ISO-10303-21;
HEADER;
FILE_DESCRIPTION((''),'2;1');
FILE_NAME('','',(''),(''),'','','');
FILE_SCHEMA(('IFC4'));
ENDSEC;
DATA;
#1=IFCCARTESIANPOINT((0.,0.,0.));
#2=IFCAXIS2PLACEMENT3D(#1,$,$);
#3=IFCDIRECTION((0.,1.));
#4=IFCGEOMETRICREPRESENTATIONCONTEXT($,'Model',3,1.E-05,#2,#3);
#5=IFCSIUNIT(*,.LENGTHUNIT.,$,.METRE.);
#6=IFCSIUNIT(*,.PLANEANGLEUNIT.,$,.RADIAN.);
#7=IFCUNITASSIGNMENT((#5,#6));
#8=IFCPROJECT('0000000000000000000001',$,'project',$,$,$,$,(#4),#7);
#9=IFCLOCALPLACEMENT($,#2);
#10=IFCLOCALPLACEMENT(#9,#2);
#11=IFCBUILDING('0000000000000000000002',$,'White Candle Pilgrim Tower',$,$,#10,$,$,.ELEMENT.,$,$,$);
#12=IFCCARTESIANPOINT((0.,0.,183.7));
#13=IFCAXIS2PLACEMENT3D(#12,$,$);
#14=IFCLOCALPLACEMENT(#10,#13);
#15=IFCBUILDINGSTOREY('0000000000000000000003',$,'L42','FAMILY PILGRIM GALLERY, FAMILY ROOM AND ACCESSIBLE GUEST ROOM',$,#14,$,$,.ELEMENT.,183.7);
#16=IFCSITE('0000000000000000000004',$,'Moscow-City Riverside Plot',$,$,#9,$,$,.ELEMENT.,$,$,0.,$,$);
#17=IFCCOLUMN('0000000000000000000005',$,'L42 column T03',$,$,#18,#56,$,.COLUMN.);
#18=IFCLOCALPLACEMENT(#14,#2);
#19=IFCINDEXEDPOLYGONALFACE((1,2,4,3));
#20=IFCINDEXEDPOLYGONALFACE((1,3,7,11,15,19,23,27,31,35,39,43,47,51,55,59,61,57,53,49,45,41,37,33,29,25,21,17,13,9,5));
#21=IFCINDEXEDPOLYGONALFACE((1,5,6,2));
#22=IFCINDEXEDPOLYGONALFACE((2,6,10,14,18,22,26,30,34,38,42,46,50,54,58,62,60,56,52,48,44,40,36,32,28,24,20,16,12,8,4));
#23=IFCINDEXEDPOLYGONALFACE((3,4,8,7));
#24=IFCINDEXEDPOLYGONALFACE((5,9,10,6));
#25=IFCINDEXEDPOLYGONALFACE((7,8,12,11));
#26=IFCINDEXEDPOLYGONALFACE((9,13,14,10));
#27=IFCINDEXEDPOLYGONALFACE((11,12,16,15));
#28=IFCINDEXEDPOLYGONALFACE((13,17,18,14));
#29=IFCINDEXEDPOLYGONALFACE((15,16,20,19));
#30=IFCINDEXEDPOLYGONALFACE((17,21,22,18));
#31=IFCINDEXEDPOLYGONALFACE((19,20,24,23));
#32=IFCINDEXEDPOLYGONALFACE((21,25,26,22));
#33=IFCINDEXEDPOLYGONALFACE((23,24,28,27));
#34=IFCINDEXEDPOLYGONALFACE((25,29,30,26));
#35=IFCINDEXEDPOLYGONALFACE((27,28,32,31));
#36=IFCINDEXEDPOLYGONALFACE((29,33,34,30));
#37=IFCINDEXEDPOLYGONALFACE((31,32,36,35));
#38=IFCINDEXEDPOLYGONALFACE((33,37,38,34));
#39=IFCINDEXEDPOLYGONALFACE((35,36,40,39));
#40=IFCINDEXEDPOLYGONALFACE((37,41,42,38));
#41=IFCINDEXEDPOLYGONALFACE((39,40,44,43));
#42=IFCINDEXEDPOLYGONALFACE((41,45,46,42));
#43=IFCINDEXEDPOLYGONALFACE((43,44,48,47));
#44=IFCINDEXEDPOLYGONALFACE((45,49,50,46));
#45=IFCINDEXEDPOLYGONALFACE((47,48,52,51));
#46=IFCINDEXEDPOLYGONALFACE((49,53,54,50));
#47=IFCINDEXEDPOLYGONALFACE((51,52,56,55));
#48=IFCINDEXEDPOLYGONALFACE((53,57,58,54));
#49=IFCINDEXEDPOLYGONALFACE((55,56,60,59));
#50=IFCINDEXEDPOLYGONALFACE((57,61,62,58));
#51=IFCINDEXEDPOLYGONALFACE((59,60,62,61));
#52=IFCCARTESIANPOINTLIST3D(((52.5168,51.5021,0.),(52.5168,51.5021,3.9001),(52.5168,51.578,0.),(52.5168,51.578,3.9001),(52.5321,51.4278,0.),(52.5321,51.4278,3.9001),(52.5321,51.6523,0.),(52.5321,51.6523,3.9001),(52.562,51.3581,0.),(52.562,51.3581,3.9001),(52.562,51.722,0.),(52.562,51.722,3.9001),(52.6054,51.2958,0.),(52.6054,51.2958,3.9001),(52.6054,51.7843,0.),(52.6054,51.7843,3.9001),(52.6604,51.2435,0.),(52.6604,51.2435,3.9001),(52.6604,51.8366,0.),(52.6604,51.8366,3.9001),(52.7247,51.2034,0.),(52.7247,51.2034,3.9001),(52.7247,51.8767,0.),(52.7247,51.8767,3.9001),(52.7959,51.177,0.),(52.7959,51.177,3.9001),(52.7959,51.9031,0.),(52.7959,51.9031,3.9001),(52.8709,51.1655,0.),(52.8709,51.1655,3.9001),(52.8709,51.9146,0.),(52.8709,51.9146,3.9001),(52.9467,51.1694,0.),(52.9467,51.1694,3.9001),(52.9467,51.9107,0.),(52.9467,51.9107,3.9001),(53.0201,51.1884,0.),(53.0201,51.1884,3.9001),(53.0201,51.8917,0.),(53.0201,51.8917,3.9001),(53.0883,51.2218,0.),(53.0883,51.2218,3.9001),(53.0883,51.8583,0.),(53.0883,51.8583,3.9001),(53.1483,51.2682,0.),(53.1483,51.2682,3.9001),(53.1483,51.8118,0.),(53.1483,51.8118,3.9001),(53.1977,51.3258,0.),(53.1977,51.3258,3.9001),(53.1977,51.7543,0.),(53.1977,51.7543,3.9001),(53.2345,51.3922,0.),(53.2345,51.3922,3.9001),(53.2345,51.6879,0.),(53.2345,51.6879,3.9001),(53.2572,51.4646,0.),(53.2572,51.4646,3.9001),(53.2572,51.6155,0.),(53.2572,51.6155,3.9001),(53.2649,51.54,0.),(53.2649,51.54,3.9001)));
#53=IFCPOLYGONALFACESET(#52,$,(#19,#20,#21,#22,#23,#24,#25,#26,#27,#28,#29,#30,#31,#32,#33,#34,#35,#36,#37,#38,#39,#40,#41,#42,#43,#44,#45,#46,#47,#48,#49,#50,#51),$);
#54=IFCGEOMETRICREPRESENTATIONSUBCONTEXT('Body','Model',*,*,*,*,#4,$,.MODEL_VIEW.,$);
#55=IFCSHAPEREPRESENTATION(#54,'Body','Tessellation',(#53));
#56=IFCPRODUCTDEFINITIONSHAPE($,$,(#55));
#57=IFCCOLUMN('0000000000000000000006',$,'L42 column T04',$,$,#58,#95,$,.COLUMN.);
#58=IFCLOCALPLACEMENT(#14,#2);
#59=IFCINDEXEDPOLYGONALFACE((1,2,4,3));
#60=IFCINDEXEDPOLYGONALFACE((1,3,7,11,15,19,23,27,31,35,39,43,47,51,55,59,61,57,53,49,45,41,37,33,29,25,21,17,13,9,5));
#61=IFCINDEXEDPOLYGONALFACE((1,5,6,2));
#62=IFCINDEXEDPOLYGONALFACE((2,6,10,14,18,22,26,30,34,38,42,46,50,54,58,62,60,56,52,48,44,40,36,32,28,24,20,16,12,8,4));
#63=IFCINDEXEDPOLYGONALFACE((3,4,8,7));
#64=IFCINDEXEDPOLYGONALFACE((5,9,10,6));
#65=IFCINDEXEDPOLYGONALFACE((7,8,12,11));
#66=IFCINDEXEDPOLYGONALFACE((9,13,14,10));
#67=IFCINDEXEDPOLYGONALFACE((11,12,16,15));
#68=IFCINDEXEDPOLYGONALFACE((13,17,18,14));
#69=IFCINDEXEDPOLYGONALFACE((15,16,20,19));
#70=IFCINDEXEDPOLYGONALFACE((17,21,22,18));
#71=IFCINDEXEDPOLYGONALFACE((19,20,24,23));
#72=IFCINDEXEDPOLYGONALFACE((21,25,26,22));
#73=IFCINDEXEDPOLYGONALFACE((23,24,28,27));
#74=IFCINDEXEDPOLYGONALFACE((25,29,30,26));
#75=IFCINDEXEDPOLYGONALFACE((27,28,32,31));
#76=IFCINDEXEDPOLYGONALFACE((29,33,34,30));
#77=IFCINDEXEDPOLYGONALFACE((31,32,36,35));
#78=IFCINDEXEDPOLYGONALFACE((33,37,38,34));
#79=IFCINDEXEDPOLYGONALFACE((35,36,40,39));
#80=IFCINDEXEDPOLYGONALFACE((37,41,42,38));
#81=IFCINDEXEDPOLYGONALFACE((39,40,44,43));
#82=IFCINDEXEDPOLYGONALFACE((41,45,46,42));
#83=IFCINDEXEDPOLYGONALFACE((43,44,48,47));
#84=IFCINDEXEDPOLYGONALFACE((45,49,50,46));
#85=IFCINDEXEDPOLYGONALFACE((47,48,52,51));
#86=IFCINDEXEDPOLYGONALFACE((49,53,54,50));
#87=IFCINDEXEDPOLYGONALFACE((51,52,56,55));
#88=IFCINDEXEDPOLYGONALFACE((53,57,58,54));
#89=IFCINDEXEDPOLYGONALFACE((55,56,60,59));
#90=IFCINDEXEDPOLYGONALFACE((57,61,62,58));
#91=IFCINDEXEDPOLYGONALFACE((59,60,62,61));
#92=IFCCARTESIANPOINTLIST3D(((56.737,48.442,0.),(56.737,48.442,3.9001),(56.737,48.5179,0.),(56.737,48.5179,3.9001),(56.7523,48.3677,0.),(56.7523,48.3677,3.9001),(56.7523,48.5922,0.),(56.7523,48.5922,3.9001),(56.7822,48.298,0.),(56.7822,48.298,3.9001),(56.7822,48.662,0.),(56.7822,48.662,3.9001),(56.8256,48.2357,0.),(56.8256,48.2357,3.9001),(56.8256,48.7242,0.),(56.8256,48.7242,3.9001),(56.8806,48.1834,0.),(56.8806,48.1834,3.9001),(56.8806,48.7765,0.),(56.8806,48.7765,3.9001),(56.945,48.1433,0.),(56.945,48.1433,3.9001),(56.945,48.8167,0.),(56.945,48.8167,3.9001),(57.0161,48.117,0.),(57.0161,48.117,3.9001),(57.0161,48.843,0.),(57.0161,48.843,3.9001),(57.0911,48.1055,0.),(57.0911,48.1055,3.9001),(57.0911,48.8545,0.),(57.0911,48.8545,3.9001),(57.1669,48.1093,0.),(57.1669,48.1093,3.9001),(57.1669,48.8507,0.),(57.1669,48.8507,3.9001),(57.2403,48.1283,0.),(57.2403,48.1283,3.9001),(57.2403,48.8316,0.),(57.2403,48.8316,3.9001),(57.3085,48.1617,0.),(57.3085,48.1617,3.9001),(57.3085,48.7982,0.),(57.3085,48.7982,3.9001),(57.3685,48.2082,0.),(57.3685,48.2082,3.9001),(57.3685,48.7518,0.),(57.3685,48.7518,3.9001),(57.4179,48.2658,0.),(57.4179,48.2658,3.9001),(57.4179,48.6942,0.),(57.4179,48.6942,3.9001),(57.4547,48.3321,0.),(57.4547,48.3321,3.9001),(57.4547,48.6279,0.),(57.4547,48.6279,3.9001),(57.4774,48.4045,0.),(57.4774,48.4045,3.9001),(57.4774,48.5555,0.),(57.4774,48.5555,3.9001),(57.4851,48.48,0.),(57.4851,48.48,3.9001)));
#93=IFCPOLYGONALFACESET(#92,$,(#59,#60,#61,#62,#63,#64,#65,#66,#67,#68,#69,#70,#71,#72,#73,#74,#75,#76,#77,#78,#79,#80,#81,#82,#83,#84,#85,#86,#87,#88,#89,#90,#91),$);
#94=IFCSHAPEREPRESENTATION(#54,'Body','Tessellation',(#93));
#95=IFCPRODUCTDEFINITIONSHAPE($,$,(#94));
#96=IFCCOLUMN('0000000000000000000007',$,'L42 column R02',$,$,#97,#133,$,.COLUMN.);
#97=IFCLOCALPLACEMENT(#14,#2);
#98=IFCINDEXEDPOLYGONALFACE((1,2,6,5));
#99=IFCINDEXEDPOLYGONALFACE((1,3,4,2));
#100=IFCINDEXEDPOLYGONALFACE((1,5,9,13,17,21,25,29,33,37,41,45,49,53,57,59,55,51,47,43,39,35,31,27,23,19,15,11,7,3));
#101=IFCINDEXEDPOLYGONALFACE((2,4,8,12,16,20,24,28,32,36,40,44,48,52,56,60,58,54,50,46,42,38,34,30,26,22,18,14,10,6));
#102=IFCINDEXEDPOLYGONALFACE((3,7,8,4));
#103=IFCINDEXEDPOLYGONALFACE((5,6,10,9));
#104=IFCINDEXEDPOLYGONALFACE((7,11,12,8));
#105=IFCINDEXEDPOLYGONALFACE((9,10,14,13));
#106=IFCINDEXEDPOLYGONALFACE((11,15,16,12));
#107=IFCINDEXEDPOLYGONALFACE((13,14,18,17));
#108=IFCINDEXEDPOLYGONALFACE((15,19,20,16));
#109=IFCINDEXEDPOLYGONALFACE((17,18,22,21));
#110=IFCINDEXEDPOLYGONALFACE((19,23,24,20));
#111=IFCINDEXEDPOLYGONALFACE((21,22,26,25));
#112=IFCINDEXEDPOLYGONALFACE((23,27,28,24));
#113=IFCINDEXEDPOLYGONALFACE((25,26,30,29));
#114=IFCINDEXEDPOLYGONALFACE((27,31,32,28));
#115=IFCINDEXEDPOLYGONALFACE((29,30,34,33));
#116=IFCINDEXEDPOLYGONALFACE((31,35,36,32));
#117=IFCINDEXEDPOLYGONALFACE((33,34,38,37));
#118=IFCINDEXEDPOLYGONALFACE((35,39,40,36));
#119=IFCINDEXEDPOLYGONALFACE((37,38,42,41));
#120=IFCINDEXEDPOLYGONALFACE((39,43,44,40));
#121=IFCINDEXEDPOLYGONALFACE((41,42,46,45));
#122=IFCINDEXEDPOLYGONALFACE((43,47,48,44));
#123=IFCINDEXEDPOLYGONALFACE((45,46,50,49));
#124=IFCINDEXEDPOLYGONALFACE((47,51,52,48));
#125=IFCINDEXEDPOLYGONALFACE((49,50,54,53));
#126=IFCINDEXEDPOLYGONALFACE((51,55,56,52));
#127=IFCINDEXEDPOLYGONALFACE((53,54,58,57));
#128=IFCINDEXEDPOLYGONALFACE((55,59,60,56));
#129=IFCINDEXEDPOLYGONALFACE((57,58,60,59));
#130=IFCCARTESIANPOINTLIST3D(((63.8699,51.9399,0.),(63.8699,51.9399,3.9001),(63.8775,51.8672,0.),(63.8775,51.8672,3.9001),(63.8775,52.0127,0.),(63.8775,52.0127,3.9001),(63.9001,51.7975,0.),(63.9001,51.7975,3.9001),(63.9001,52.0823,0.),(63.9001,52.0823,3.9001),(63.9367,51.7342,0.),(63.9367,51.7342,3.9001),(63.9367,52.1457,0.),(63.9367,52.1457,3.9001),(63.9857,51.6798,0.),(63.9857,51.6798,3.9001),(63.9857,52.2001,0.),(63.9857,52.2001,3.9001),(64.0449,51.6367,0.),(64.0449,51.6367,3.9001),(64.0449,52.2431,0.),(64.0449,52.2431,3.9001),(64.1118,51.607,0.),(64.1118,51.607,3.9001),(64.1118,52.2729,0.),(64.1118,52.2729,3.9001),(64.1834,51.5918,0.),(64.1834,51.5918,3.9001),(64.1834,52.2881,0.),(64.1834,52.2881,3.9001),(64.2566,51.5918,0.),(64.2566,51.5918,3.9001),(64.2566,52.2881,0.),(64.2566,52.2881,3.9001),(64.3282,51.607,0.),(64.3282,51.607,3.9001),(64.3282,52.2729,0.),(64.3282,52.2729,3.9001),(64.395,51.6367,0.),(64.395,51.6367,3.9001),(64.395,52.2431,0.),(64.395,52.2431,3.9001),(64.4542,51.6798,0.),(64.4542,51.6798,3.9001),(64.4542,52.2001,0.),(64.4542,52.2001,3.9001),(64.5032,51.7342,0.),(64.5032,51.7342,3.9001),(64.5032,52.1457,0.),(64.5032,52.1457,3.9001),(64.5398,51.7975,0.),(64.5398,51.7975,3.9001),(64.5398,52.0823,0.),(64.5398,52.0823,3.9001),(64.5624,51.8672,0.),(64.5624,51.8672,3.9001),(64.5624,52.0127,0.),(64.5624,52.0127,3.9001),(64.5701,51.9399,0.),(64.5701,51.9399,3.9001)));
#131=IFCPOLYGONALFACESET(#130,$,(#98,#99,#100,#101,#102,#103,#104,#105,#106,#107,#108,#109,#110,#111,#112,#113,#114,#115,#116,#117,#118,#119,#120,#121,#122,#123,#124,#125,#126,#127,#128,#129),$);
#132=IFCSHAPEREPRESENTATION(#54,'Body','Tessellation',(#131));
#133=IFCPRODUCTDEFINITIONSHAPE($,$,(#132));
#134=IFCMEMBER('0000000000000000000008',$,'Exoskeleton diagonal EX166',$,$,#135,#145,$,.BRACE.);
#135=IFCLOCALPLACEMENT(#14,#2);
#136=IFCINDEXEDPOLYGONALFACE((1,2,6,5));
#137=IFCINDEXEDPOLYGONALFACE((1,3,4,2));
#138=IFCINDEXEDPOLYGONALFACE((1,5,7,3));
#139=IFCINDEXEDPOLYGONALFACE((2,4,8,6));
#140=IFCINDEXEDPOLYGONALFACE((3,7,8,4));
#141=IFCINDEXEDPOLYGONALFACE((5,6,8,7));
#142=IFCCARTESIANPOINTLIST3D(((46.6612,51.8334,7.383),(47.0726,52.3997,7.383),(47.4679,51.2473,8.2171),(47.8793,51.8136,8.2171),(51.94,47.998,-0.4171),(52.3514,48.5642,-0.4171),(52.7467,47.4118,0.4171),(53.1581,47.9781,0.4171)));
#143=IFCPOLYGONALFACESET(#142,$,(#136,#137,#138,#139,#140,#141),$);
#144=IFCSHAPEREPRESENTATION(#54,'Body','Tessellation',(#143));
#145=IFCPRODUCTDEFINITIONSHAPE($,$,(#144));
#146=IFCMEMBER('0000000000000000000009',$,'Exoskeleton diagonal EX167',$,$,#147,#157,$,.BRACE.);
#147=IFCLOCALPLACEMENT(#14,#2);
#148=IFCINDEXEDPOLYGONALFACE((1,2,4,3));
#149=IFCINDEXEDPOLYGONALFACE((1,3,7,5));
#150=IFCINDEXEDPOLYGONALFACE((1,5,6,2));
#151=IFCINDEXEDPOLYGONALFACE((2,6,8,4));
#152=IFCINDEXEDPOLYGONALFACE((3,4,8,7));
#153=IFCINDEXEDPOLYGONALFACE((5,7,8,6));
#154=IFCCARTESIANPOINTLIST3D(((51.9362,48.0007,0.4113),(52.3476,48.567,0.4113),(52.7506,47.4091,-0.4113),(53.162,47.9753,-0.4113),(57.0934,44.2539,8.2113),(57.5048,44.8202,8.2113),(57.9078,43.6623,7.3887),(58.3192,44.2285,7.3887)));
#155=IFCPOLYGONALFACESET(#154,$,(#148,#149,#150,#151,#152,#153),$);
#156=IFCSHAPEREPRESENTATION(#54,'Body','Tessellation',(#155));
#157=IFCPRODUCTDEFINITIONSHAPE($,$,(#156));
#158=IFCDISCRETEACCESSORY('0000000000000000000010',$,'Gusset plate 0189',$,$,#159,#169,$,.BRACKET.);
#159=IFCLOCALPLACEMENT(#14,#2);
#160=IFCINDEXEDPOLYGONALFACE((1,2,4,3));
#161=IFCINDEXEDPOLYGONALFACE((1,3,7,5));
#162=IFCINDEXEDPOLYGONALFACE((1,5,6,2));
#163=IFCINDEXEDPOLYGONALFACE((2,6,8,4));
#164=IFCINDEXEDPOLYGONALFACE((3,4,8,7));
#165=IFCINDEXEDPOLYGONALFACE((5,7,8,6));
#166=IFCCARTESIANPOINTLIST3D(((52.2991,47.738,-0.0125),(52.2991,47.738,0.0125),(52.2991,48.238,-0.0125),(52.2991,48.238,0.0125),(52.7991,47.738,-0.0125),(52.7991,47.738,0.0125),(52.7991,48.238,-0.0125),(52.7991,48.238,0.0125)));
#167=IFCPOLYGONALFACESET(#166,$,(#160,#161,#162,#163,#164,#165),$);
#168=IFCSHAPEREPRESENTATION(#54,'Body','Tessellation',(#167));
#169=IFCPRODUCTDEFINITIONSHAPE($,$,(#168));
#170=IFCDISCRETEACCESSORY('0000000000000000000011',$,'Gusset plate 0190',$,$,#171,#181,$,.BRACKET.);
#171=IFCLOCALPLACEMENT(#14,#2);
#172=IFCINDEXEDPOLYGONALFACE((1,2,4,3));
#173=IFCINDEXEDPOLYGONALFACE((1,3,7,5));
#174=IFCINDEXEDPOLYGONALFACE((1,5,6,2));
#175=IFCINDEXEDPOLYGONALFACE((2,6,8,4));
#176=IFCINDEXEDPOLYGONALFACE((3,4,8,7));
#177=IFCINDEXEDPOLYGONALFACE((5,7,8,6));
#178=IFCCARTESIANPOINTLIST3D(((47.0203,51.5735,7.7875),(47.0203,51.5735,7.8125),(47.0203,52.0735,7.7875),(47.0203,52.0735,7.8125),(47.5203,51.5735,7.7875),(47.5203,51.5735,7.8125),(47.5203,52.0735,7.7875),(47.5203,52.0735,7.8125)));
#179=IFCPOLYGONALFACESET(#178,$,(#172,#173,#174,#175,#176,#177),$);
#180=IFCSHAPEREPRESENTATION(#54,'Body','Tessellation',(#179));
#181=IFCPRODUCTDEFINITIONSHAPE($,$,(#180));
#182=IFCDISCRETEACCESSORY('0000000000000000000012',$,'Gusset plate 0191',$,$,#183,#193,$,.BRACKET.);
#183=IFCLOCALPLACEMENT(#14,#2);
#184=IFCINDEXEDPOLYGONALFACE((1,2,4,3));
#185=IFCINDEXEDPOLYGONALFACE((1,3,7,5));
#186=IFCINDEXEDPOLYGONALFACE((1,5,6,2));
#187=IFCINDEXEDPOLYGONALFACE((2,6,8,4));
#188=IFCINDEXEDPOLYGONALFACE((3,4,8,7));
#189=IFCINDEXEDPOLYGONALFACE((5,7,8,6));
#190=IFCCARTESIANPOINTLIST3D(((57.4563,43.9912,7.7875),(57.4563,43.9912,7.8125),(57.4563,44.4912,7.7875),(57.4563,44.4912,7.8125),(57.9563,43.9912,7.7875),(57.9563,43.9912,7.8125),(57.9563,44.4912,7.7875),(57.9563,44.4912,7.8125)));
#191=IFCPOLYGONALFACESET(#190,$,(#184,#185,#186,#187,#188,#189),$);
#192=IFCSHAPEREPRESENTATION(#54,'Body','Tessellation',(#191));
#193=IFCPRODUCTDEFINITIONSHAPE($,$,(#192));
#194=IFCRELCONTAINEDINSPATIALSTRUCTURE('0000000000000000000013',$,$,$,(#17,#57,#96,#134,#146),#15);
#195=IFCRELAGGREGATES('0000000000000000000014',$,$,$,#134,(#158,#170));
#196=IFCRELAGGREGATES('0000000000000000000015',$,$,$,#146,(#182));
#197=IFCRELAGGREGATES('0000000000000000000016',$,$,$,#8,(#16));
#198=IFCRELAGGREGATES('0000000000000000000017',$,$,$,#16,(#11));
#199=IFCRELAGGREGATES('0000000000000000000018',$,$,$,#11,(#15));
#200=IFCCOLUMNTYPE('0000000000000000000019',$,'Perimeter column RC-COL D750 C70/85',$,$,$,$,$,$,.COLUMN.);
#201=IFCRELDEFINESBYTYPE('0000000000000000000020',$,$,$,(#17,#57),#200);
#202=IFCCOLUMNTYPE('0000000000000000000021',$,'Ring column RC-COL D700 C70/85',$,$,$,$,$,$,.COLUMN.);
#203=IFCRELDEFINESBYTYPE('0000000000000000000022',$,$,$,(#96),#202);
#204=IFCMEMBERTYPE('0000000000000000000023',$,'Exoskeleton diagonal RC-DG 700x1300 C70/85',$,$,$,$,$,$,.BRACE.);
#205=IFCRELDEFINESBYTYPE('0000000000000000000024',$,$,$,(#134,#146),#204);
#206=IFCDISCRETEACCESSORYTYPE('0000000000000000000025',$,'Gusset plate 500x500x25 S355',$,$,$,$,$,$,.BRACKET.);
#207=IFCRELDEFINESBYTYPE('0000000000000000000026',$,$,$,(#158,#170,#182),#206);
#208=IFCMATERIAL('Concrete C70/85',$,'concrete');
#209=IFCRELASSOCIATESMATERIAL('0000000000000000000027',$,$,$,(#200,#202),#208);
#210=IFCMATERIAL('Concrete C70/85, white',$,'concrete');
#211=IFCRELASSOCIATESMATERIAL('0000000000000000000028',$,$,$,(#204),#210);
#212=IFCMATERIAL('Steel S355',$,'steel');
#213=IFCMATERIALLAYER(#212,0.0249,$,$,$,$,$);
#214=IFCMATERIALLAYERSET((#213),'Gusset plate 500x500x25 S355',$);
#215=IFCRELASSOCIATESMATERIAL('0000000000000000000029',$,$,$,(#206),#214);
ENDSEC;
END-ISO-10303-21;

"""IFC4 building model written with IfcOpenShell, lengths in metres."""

from ifc_helpers import new_model, si_unit, direction, frame, origin, origin_2d, place, context, subcontext, project, spatial, rectangle, circle, extrude, material, layer, layer_set, material_profile, profile_set, type_object, element, aggregate, save


model = new_model("IFC4")

# Units and contexts
model_context = context("Model", 3, precision=1e-05, world=origin(), true_north=direction((0.0, 1.0)))
body_context = subcontext(model_context, "Body", "Model", "MODEL_VIEW")
ifc_project = project(units=[si_unit("LENGTHUNIT", "METRE"), si_unit("PLANEANGLEUNIT", "RADIAN")], contexts=[model_context])

# Site, building, storey
site_placement = place(None, origin())
site = spatial("IfcSite", under=ifc_project, at=site_placement, Name="Moscow-City Riverside Plot", CompositionType="ELEMENT", RefElevation=0.0)
building_placement = place(site_placement, origin())
building = spatial("IfcBuilding", under=site, at=building_placement, Name="White Candle Pilgrim Tower", CompositionType="ELEMENT")
storey_placement = place(building_placement, frame((0.0, 0.0, 183.7)))
storey = spatial("IfcBuildingStorey", under=building, at=storey_placement, Name="L42", Description="FAMILY PILGRIM GALLERY, FAMILY ROOM AND ACCESSIBLE GUEST ROOM", CompositionType="ELEMENT", Elevation=183.7)

# Columns
ifc_material_1 = material(Name="Concrete C70/85", Category="concrete")
ifc_material_profile_1 = material_profile(ifc_material_1, circle(Radius=0.375, at=origin_2d()), Name="RC-COL D750")
ifc_profile_set_1 = profile_set([ifc_material_profile_1], Name="Concrete C70/85")
column_type_1 = type_object("IfcColumnType", Name="Perimeter column RC-COL D750 C70/85", PredefinedType="COLUMN", material=ifc_profile_set_1)
for number, where, z_axis, x_axis, name in (
    (1, (52.8899, 51.54, 0.0), (0.0, 0.0, 1.0), (1.0, 0.0, 0.0), "L42 column T03"),
    (2, (57.1101, 48.48, 0.0), (0.0, 0.0, 1.0), (1.0, 0.0, 0.0), "L42 column T04"),
):
    element("IfcColumn", number, at=place(storey_placement, frame(where, z_axis=z_axis, x_axis=x_axis)), inside=storey, type_object=column_type_1, Name=name, PredefinedType="COLUMN", context=body_context, shape_type="SweptSolid", body=[
        extrude(circle(Radius=0.375, at=origin_2d()), origin(), (0.0, 0.0, 1.0), 3.9001),
    ])
ifc_material_profile_2 = material_profile(ifc_material_1, circle(Radius=0.3501, at=origin_2d()), Name="RC-COL D700")
ifc_profile_set_2 = profile_set([ifc_material_profile_2], Name="Concrete C70/85")
column_type_2 = type_object("IfcColumnType", Name="Ring column RC-COL D700 C70/85", PredefinedType="COLUMN", material=ifc_profile_set_2)
column_placement = place(storey_placement, frame((64.22, 51.9399, 0.0), z_axis=(0.0, 0.0, 1.0), x_axis=(1.0, 0.0, 0.0)))
element("IfcColumn", 3, at=column_placement, inside=storey, type_object=column_type_2, Name="L42 column R02", PredefinedType="COLUMN", context=body_context, shape_type="SweptSolid", body=[
    extrude(circle(Radius=0.3501, at=origin_2d()), origin(), (0.0, 0.0, 1.0), 3.9001),
])

# Members
ifc_material_2 = material(Name="Concrete C70/85, white", Category="concrete")
ifc_material_profile_3 = material_profile(ifc_material_2, rectangle(XDim=0.7, YDim=1.3, at=origin_2d()), Name="RC-DG 700x1300")
ifc_profile_set_3 = profile_set([ifc_material_profile_3], Name="Concrete C70/85, white")
member_type_1 = type_object("IfcMemberType", Name="Exoskeleton diagonal RC-DG 700x1300 C70/85", PredefinedType="BRACE", material=ifc_profile_set_3)
member_1_placement = place(storey_placement, frame((52.5491, 47.988, 0.0), z_axis=(-0.519086, 0.377155, 0.76701), x_axis=(-0.587802, -0.809005, 0.0)))
member_1 = element("IfcMember", 4, at=member_1_placement, inside=storey, type_object=member_type_1, Name="Exoskeleton diagonal EX166", PredefinedType="BRACE", context=body_context, shape_type="SweptSolid", body=[
    extrude(rectangle(XDim=0.7, YDim=1.3, at=origin_2d()), origin(), (0.0, 0.0, 1.0), 10.1694),
])
member_2_placement = place(storey_placement, frame((52.5491, 47.988, 0.0), z_axis=(0.511957, -0.371947, 0.77431), x_axis=(0.587773, 0.809026, 0.0)))
member_2 = element("IfcMember", 5, at=member_2_placement, inside=storey, type_object=member_type_1, Name="Exoskeleton diagonal EX167", PredefinedType="BRACE", context=body_context, shape_type="SweptSolid", body=[
    extrude(rectangle(XDim=0.7, YDim=1.3, at=origin_2d()), origin(), (0.0, 0.0, 1.0), 10.0735),
])

# Discrete accessories
ifc_material_3 = material(Name="Steel S355", Category="steel")
ifc_layer_1 = layer(ifc_material_3, 0.0249)
ifc_layer_set_1 = layer_set([ifc_layer_1], Name="Gusset plate 500x500x25 S355")
discrete_accessory_type = type_object("IfcDiscreteAccessoryType", Name="Gusset plate 500x500x25 S355", PredefinedType="BRACKET", material=ifc_layer_set_1)
discrete_accessory_1_placement = place(storey_placement, frame((52.5491, 47.988, -0.0125), z_axis=(0.0, 0.0, 1.0), x_axis=(1.0, 0.0, 0.0)))
discrete_accessory_1 = element("IfcDiscreteAccessory", 6, at=discrete_accessory_1_placement, type_object=discrete_accessory_type, Name="Gusset plate 0189", PredefinedType="BRACKET", context=body_context, shape_type="SweptSolid", body=[
    extrude(rectangle(XDim=0.5, YDim=0.5, at=origin_2d()), origin(), (0.0, 0.0, 1.0), 0.0249),
])
placement = place(building_placement, frame((0.0, 0.0, 191.5)))
discrete_accessory_2_placement = place(placement, frame((47.2703, 51.8235, -0.0125), z_axis=(0.0, 0.0, 1.0), x_axis=(1.0, 0.0, 0.0)))
discrete_accessory_2 = element("IfcDiscreteAccessory", 7, at=discrete_accessory_2_placement, type_object=discrete_accessory_type, Name="Gusset plate 0190", PredefinedType="BRACKET", context=body_context, shape_type="SweptSolid", body=[
    extrude(rectangle(XDim=0.5, YDim=0.5, at=origin_2d()), origin(), (0.0, 0.0, 1.0), 0.0249),
])
aggregate(member_1, [discrete_accessory_1, discrete_accessory_2])
discrete_accessory_3_placement = place(placement, frame((57.7063, 44.2412, -0.0125), z_axis=(0.0, 0.0, 1.0), x_axis=(1.0, 0.0, 0.0)))
discrete_accessory_3 = element("IfcDiscreteAccessory", 8, at=discrete_accessory_3_placement, type_object=discrete_accessory_type, Name="Gusset plate 0191", PredefinedType="BRACKET", context=body_context, shape_type="SweptSolid", body=[
    extrude(rectangle(XDim=0.5, YDim=0.5, at=origin_2d()), origin(), (0.0, 0.0, 1.0), 0.0249),
])
aggregate(member_2, [discrete_accessory_3])

save(model, "model.ifc")
